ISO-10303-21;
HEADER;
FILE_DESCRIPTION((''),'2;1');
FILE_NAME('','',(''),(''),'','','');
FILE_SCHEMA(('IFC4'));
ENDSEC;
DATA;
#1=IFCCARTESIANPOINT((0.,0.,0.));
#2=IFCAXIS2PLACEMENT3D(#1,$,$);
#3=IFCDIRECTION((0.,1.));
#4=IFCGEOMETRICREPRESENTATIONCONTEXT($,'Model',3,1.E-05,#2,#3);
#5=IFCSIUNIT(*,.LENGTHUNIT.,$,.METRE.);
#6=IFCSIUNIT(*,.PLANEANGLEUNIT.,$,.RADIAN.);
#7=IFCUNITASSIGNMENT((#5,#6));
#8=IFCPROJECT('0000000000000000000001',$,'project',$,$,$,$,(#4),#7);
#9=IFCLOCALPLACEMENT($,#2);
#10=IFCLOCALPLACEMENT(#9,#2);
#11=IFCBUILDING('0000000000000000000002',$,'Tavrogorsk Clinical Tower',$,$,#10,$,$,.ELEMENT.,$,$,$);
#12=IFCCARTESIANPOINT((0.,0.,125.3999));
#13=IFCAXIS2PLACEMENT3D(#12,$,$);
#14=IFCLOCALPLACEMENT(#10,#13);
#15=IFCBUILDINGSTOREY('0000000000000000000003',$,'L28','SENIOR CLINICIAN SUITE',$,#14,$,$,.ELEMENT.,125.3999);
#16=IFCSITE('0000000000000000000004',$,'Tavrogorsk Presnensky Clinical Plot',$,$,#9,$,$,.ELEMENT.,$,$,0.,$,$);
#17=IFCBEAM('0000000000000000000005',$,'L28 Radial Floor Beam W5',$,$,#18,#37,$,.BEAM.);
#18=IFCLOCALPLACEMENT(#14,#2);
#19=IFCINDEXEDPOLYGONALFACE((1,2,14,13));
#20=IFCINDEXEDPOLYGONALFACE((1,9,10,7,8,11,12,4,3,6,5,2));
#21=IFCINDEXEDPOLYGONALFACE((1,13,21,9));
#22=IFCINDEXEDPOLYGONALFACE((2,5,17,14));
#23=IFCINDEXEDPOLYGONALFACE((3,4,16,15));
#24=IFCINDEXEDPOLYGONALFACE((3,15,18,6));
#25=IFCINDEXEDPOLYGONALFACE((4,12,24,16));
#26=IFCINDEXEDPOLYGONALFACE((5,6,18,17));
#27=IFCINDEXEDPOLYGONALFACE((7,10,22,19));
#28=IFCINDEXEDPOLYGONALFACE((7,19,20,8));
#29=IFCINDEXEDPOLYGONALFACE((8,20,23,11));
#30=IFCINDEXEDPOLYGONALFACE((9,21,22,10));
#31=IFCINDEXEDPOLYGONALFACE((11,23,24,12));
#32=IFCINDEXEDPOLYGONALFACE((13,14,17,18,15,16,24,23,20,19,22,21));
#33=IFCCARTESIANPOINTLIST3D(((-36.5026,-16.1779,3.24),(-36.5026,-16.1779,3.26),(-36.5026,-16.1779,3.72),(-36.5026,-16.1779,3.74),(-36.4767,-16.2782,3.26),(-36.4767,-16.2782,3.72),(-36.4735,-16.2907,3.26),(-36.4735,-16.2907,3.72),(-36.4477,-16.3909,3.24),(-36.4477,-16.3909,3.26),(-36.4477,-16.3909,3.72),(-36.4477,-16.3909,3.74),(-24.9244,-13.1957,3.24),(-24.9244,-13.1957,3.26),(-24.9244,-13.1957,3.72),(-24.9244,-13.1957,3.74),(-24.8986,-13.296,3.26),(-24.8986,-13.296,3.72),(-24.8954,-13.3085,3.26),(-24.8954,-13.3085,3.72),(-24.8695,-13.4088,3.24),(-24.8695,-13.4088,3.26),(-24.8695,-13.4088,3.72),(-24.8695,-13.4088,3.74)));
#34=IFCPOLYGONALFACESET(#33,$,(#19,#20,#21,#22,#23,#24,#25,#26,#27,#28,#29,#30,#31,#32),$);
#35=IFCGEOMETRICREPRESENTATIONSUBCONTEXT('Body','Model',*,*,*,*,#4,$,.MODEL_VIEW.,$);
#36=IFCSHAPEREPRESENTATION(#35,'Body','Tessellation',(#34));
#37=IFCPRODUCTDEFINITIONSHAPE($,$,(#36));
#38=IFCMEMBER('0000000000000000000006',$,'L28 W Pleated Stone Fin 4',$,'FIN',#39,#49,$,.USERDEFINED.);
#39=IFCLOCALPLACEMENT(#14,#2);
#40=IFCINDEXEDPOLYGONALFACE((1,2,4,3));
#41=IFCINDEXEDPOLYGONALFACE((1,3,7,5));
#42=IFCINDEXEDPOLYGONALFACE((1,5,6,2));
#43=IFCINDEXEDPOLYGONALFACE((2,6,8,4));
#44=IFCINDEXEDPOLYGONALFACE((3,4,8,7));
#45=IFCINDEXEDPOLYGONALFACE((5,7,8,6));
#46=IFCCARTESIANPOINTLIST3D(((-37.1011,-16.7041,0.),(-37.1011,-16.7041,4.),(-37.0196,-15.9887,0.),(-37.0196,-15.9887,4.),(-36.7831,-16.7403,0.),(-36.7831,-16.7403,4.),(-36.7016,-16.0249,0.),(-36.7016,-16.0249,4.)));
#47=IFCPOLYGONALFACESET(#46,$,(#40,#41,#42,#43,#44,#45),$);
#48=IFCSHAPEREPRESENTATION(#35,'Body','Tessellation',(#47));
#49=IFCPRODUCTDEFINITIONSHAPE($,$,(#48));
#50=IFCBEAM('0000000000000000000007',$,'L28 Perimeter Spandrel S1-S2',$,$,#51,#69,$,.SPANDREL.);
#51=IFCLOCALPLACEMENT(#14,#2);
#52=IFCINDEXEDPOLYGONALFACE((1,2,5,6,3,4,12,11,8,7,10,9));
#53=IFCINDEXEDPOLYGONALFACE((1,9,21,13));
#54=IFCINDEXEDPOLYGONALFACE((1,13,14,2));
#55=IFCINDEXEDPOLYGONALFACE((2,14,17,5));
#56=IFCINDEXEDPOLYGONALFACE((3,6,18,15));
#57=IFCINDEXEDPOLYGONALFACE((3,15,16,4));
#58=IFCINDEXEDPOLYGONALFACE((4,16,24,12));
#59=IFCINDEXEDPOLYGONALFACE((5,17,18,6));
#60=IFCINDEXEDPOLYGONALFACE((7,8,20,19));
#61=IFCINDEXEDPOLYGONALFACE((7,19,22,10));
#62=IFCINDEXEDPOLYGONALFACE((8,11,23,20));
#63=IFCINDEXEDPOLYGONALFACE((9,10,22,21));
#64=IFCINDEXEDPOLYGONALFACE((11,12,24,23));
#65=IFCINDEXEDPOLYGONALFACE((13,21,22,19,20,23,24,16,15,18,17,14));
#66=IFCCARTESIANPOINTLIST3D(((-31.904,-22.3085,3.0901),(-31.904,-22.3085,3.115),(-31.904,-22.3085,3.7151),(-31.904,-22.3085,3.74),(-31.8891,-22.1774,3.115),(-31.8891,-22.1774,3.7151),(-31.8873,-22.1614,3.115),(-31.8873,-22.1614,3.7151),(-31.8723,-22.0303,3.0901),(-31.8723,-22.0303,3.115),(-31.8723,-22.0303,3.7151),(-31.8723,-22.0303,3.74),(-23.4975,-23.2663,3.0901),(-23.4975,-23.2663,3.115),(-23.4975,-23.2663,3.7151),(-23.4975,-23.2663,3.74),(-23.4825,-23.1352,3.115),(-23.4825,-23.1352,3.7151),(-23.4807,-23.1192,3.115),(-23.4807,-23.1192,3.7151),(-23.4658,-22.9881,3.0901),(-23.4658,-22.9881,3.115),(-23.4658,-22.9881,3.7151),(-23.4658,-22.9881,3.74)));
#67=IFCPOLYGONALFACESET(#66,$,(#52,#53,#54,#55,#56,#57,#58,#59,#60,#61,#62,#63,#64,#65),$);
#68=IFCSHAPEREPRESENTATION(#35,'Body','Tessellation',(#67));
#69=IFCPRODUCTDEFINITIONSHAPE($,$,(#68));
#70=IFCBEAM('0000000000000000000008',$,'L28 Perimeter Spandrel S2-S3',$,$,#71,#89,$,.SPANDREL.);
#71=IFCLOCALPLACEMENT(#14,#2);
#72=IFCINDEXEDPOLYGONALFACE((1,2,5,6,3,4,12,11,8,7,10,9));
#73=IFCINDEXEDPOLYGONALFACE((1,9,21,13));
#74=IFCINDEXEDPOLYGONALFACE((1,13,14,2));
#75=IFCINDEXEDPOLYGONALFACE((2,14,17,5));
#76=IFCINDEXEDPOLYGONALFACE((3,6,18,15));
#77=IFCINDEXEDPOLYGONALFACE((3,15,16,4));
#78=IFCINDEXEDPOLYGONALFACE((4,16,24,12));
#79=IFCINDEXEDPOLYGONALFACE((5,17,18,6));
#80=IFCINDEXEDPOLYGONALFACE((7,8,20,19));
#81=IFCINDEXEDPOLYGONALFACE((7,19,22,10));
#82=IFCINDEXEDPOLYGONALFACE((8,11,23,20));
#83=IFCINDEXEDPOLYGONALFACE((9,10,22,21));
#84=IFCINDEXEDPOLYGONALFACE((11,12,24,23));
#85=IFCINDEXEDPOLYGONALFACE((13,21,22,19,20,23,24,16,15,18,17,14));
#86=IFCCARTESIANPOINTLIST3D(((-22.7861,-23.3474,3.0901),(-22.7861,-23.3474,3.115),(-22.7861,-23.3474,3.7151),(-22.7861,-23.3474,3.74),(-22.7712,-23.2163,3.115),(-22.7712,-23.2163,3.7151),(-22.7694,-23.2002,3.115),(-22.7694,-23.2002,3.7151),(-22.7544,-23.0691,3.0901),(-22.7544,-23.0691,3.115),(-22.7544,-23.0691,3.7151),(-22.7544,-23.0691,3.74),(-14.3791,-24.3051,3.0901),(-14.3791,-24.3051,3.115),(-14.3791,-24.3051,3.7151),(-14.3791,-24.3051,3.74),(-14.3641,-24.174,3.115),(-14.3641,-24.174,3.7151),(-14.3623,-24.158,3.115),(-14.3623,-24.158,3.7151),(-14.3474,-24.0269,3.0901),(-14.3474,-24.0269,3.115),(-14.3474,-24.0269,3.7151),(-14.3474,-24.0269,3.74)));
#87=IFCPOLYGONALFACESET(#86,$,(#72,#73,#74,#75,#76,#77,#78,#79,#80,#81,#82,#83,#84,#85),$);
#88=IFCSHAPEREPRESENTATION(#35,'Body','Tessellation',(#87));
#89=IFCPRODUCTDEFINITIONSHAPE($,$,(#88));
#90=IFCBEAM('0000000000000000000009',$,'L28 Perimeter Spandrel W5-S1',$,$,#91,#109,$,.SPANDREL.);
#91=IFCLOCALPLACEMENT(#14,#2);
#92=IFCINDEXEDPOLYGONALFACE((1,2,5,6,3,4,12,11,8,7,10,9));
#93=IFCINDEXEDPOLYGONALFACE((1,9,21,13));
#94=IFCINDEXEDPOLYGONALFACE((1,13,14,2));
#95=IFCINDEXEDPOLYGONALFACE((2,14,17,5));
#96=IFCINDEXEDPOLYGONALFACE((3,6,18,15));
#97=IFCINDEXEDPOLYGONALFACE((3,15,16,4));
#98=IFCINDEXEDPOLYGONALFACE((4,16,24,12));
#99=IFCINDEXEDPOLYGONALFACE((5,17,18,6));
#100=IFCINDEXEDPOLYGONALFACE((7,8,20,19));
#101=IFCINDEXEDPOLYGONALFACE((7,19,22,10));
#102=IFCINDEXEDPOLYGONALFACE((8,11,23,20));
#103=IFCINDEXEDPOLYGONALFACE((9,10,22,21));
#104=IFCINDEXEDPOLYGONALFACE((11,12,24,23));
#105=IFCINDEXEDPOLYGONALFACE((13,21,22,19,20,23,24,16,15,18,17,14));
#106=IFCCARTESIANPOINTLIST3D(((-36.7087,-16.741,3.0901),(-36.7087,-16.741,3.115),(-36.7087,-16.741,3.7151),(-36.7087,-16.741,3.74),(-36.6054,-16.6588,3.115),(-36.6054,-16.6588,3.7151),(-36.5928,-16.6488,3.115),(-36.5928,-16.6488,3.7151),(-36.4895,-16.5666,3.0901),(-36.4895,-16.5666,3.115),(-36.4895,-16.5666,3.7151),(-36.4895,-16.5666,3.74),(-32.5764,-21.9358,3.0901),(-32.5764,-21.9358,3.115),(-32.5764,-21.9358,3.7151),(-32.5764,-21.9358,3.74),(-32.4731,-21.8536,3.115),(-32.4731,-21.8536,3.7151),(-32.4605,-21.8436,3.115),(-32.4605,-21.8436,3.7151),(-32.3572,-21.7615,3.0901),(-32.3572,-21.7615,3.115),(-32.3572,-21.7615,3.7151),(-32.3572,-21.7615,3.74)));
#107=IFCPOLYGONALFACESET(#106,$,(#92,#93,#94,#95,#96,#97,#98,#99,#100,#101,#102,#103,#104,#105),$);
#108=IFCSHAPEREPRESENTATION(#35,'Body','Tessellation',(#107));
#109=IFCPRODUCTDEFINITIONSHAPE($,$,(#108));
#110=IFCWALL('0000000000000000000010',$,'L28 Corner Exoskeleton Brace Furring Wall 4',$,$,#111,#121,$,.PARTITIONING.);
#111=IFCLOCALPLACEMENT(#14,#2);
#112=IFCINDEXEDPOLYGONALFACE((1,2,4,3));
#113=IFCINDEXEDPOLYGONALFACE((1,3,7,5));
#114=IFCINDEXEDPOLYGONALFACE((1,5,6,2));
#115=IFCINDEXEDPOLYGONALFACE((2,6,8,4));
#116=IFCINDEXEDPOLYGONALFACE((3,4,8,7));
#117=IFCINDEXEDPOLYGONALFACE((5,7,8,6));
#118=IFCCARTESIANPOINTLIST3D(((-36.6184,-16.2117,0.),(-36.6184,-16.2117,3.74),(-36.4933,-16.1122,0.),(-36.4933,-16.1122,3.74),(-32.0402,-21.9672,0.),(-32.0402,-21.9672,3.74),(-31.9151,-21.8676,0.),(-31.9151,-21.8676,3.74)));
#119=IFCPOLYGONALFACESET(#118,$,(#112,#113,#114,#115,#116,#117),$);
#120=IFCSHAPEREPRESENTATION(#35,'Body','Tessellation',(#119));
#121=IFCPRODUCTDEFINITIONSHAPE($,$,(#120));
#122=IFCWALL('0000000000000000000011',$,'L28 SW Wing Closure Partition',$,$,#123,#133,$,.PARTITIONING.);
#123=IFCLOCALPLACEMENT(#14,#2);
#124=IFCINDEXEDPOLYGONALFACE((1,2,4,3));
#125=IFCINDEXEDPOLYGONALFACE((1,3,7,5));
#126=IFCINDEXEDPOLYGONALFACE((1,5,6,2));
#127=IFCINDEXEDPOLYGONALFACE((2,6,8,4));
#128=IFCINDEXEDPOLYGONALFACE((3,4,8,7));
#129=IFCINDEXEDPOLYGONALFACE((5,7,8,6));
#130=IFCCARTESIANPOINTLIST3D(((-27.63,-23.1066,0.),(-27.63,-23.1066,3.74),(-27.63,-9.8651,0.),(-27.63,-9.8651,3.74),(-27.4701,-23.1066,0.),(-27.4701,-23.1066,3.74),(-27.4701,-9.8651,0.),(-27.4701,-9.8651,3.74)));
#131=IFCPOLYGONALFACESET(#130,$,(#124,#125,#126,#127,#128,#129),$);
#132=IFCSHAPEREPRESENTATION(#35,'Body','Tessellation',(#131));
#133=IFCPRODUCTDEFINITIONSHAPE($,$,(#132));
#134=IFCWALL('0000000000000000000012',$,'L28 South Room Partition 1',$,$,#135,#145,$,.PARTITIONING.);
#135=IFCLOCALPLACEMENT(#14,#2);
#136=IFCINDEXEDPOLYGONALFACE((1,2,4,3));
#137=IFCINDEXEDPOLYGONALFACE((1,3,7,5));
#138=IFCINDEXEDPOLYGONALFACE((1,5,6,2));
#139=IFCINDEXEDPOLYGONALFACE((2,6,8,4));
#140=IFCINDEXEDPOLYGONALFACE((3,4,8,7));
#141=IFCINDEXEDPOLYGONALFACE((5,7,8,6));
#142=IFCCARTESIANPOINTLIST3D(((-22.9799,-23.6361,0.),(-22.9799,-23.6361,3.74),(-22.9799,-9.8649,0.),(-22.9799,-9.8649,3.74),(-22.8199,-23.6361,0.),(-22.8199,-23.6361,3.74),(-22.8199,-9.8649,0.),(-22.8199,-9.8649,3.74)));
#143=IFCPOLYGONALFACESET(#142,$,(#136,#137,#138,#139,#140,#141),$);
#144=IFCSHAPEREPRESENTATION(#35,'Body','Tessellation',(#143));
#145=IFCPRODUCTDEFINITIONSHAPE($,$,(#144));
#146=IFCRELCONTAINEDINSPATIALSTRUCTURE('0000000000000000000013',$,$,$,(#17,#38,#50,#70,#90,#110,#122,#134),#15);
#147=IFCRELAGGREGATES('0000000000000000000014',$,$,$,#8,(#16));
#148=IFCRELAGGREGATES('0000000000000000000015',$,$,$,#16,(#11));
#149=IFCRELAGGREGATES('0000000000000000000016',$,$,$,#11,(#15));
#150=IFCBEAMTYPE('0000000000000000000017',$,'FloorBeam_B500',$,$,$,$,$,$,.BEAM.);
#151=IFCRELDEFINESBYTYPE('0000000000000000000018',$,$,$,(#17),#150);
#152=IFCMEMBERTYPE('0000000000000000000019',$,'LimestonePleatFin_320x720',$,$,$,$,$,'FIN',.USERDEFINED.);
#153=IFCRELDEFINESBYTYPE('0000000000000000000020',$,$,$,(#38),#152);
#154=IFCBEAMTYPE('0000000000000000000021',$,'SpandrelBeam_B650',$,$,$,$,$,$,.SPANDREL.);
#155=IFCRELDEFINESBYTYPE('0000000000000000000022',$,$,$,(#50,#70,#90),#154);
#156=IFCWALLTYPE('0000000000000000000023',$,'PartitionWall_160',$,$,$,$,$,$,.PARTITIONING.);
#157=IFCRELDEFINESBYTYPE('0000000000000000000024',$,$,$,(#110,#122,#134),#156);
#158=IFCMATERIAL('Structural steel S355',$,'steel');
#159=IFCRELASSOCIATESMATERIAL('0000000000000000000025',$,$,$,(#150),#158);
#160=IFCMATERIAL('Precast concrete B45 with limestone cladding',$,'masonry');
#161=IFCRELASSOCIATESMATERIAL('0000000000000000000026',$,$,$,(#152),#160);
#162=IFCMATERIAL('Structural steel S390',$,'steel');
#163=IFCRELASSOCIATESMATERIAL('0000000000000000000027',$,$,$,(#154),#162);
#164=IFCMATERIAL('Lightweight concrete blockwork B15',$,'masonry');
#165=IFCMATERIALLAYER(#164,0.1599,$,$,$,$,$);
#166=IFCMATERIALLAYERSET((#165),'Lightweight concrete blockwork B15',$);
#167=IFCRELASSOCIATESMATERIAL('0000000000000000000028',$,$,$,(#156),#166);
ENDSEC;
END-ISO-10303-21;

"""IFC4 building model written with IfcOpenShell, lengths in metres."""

from ifc_helpers import new_model, si_unit, direction, frame, frame_2d, origin, origin_2d, place, context, subcontext, project, spatial, rectangle, i_section, extrude, material, layer, layer_set, material_profile, profile_set, type_object, element, save


model = new_model("IFC4")

# Units and contexts
model_context = context("Model", 3, precision=1e-05, world=origin(), true_north=direction((0.0, 1.0)))
body_context = subcontext(model_context, "Body", "Model", "MODEL_VIEW")
ifc_project = project(units=[si_unit("LENGTHUNIT", "METRE"), si_unit("PLANEANGLEUNIT", "RADIAN")], contexts=[model_context])

# Site, building, storey
site_placement = place(None, origin())
site = spatial("IfcSite", under=ifc_project, at=site_placement, Name="Tavrogorsk Presnensky Clinical Plot", CompositionType="ELEMENT", RefElevation=0.0)
building_placement = place(site_placement, origin())
building = spatial("IfcBuilding", under=site, at=building_placement, Name="Tavrogorsk Clinical Tower", CompositionType="ELEMENT")
storey_placement = place(building_placement, frame((0.0, 0.0, 125.3999)))
storey = spatial("IfcBuildingStorey", under=building, at=storey_placement, Name="L28", Description="SENIOR CLINICIAN SUITE", CompositionType="ELEMENT", Elevation=125.3999)

# Beam
ifc_material_1 = material(Name="Structural steel S355", Category="steel")
ifc_material_profile_1 = material_profile(ifc_material_1, i_section(OverallWidth=0.22, OverallDepth=0.5, WebThickness=0.0129, FlangeThickness=0.02, at=origin_2d()), Name="B-500x220x13x20")
ifc_profile_set_1 = profile_set([ifc_material_profile_1], Name="Structural steel S355")
beam_type_1 = type_object("IfcBeamType", Name="FloorBeam_B500", PredefinedType="BEAM", material=ifc_profile_set_1)
beam_1_placement = place(storey_placement, frame((-24.897, -13.3022, 3.49), z_axis=(-0.968393, -0.249429, 0.0), x_axis=(0.249429, -0.968393, 0.0)))
element("IfcBeam", 1, at=beam_1_placement, inside=storey, type_object=beam_type_1, Name="L28 Radial Floor Beam W5", PredefinedType="BEAM", context=body_context, shape_type="SweptSolid", body=[
    extrude(i_section(OverallWidth=0.22, OverallDepth=0.5, WebThickness=0.0129, FlangeThickness=0.02, at=origin_2d()), origin(), (0.0, 0.0, 1.0), 11.9561),
])

# Member
ifc_material_2 = material(Name="Precast concrete B45 with limestone cladding", Category="masonry")
ifc_material_profile_2 = material_profile(ifc_material_2, rectangle(XDim=0.3201, YDim=0.72, at=origin_2d()), Name="LIMESTONE-FIN-320x720")
ifc_profile_set_2 = profile_set([ifc_material_profile_2], Name="Precast concrete B45 with limestone cladding")
member_type_1 = type_object("IfcMemberType", Name="LimestonePleatFin_320x720", ElementType="FIN", PredefinedType="USERDEFINED", material=ifc_profile_set_2)
member_1_placement = place(storey_placement, frame((-36.9014, -16.3645, 0.0), z_axis=(0.0, 0.0, 1.0), x_axis=(0.993572, -0.113203, 0.0)))
element("IfcMember", 2, at=member_1_placement, inside=storey, type_object=member_type_1, Name="L28 W Pleated Stone Fin 4", ObjectType="FIN", PredefinedType="USERDEFINED", context=body_context, shape_type="SweptSolid", body=[
    extrude(rectangle(XDim=0.3201, YDim=0.72, at=origin_2d()), origin(), (0.0, 0.0, 1.0), 4.0),
])

# Beams
ifc_material_3 = material(Name="Structural steel S390", Category="steel")
ifc_material_profile_3 = material_profile(ifc_material_3, i_section(OverallWidth=0.28, OverallDepth=0.6499, WebThickness=0.0161, FlangeThickness=0.0249, at=origin_2d()), Name="B-650x280x16x25")
ifc_profile_set_3 = profile_set([ifc_material_profile_3], Name="Structural steel S390")
beam_type_2 = type_object("IfcBeamType", Name="SpandrelBeam_B650", PredefinedType="SPANDREL", material=ifc_profile_set_3)
beam_2_placement = place(storey_placement, frame((-31.8882, -22.1694, 3.415), z_axis=(0.993572, -0.113199, 0.0), x_axis=(0.113199, 0.993572, 0.0)))
element("IfcBeam", 3, at=beam_2_placement, inside=storey, type_object=beam_type_2, Name="L28 Perimeter Spandrel S1-S2", PredefinedType="SPANDREL", context=body_context, shape_type="SweptSolid", body=[
    extrude(i_section(OverallWidth=0.28, OverallDepth=0.6499, WebThickness=0.0161, FlangeThickness=0.0249, at=origin_2d()), origin(), (0.0, 0.0, 1.0), 8.4609),
])
beam_3_placement = place(storey_placement, frame((-22.7703, -23.2083, 3.415), z_axis=(0.993573, -0.113193, 0.0), x_axis=(0.113193, 0.993573, 0.0)))
element("IfcBeam", 4, at=beam_3_placement, inside=storey, type_object=beam_type_2, Name="L28 Perimeter Spandrel S2-S3", PredefinedType="SPANDREL", context=body_context, shape_type="SweptSolid", body=[
    extrude(i_section(OverallWidth=0.28, OverallDepth=0.6499, WebThickness=0.0161, FlangeThickness=0.0249, at=origin_2d()), origin(), (0.0, 0.0, 1.0), 8.4614),
])
beam_4_placement = place(storey_placement, frame((-36.5991, -16.6538, 3.415), z_axis=(0.622531, -0.782595, 0.0), x_axis=(0.782595, 0.622531, 0.0)))
element("IfcBeam", 5, at=beam_4_placement, inside=storey, type_object=beam_type_2, Name="L28 Perimeter Spandrel W5-S1", PredefinedType="SPANDREL", context=body_context, shape_type="SweptSolid", body=[
    extrude(i_section(OverallWidth=0.28, OverallDepth=0.6499, WebThickness=0.0161, FlangeThickness=0.0249, at=origin_2d()), origin(), (0.0, 0.0, 1.0), 6.6379),
])

# Walls
ifc_material_4 = material(Name="Lightweight concrete blockwork B15", Category="masonry")
ifc_layer_1 = layer(ifc_material_4, 0.1599)
ifc_layer_set_1 = layer_set([ifc_layer_1], Name="Lightweight concrete blockwork B15")
wall_type_1 = type_object("IfcWallType", Name="PartitionWall_160", PredefinedType="PARTITIONING", material=ifc_layer_set_1)
wall_1_placement = place(storey_placement, frame((-36.5559, -16.1619, 0.0), z_axis=(0.0, 0.0, 1.0), x_axis=(0.622523, -0.782602, 0.0)))
element("IfcWall", 6, at=wall_1_placement, inside=storey, type_object=wall_type_1, Name="L28 Corner Exoskeleton Brace Furring Wall 4", PredefinedType="PARTITIONING", context=body_context, shape_type="SweptSolid", body=[
    extrude(rectangle(XDim=7.3542, YDim=0.1599, at=frame_2d((3.6772, 0.0))), origin(), (0.0, 0.0, 1.0), 3.74),
])
wall_2_placement = place(storey_placement, frame((-27.55, -23.1064, 0.0), z_axis=(0.0, 0.0, 1.0), x_axis=(0.0, 1.0, 0.0)))
element("IfcWall", 7, at=wall_2_placement, inside=storey, type_object=wall_type_1, Name="L28 SW Wing Closure Partition", PredefinedType="PARTITIONING", context=body_context, shape_type="SweptSolid", body=[
    extrude(rectangle(XDim=13.2415, YDim=0.1599, at=frame_2d((6.6206, 0.0))), origin(), (0.0, 0.0, 1.0), 3.74),
])
wall_3_placement = place(storey_placement, frame((-22.8999, -23.6362, 0.0), z_axis=(0.0, 0.0, 1.0), x_axis=(0.0, 1.0, 0.0)))
element("IfcWall", 8, at=wall_3_placement, inside=storey, type_object=wall_type_1, Name="L28 South Room Partition 1", PredefinedType="PARTITIONING", context=body_context, shape_type="SweptSolid", body=[
    extrude(rectangle(XDim=13.7712, YDim=0.1599, at=frame_2d((6.8857, 0.0))), origin(), (0.0, 0.0, 1.0), 3.74),
])

save(model, "model.ifc")
